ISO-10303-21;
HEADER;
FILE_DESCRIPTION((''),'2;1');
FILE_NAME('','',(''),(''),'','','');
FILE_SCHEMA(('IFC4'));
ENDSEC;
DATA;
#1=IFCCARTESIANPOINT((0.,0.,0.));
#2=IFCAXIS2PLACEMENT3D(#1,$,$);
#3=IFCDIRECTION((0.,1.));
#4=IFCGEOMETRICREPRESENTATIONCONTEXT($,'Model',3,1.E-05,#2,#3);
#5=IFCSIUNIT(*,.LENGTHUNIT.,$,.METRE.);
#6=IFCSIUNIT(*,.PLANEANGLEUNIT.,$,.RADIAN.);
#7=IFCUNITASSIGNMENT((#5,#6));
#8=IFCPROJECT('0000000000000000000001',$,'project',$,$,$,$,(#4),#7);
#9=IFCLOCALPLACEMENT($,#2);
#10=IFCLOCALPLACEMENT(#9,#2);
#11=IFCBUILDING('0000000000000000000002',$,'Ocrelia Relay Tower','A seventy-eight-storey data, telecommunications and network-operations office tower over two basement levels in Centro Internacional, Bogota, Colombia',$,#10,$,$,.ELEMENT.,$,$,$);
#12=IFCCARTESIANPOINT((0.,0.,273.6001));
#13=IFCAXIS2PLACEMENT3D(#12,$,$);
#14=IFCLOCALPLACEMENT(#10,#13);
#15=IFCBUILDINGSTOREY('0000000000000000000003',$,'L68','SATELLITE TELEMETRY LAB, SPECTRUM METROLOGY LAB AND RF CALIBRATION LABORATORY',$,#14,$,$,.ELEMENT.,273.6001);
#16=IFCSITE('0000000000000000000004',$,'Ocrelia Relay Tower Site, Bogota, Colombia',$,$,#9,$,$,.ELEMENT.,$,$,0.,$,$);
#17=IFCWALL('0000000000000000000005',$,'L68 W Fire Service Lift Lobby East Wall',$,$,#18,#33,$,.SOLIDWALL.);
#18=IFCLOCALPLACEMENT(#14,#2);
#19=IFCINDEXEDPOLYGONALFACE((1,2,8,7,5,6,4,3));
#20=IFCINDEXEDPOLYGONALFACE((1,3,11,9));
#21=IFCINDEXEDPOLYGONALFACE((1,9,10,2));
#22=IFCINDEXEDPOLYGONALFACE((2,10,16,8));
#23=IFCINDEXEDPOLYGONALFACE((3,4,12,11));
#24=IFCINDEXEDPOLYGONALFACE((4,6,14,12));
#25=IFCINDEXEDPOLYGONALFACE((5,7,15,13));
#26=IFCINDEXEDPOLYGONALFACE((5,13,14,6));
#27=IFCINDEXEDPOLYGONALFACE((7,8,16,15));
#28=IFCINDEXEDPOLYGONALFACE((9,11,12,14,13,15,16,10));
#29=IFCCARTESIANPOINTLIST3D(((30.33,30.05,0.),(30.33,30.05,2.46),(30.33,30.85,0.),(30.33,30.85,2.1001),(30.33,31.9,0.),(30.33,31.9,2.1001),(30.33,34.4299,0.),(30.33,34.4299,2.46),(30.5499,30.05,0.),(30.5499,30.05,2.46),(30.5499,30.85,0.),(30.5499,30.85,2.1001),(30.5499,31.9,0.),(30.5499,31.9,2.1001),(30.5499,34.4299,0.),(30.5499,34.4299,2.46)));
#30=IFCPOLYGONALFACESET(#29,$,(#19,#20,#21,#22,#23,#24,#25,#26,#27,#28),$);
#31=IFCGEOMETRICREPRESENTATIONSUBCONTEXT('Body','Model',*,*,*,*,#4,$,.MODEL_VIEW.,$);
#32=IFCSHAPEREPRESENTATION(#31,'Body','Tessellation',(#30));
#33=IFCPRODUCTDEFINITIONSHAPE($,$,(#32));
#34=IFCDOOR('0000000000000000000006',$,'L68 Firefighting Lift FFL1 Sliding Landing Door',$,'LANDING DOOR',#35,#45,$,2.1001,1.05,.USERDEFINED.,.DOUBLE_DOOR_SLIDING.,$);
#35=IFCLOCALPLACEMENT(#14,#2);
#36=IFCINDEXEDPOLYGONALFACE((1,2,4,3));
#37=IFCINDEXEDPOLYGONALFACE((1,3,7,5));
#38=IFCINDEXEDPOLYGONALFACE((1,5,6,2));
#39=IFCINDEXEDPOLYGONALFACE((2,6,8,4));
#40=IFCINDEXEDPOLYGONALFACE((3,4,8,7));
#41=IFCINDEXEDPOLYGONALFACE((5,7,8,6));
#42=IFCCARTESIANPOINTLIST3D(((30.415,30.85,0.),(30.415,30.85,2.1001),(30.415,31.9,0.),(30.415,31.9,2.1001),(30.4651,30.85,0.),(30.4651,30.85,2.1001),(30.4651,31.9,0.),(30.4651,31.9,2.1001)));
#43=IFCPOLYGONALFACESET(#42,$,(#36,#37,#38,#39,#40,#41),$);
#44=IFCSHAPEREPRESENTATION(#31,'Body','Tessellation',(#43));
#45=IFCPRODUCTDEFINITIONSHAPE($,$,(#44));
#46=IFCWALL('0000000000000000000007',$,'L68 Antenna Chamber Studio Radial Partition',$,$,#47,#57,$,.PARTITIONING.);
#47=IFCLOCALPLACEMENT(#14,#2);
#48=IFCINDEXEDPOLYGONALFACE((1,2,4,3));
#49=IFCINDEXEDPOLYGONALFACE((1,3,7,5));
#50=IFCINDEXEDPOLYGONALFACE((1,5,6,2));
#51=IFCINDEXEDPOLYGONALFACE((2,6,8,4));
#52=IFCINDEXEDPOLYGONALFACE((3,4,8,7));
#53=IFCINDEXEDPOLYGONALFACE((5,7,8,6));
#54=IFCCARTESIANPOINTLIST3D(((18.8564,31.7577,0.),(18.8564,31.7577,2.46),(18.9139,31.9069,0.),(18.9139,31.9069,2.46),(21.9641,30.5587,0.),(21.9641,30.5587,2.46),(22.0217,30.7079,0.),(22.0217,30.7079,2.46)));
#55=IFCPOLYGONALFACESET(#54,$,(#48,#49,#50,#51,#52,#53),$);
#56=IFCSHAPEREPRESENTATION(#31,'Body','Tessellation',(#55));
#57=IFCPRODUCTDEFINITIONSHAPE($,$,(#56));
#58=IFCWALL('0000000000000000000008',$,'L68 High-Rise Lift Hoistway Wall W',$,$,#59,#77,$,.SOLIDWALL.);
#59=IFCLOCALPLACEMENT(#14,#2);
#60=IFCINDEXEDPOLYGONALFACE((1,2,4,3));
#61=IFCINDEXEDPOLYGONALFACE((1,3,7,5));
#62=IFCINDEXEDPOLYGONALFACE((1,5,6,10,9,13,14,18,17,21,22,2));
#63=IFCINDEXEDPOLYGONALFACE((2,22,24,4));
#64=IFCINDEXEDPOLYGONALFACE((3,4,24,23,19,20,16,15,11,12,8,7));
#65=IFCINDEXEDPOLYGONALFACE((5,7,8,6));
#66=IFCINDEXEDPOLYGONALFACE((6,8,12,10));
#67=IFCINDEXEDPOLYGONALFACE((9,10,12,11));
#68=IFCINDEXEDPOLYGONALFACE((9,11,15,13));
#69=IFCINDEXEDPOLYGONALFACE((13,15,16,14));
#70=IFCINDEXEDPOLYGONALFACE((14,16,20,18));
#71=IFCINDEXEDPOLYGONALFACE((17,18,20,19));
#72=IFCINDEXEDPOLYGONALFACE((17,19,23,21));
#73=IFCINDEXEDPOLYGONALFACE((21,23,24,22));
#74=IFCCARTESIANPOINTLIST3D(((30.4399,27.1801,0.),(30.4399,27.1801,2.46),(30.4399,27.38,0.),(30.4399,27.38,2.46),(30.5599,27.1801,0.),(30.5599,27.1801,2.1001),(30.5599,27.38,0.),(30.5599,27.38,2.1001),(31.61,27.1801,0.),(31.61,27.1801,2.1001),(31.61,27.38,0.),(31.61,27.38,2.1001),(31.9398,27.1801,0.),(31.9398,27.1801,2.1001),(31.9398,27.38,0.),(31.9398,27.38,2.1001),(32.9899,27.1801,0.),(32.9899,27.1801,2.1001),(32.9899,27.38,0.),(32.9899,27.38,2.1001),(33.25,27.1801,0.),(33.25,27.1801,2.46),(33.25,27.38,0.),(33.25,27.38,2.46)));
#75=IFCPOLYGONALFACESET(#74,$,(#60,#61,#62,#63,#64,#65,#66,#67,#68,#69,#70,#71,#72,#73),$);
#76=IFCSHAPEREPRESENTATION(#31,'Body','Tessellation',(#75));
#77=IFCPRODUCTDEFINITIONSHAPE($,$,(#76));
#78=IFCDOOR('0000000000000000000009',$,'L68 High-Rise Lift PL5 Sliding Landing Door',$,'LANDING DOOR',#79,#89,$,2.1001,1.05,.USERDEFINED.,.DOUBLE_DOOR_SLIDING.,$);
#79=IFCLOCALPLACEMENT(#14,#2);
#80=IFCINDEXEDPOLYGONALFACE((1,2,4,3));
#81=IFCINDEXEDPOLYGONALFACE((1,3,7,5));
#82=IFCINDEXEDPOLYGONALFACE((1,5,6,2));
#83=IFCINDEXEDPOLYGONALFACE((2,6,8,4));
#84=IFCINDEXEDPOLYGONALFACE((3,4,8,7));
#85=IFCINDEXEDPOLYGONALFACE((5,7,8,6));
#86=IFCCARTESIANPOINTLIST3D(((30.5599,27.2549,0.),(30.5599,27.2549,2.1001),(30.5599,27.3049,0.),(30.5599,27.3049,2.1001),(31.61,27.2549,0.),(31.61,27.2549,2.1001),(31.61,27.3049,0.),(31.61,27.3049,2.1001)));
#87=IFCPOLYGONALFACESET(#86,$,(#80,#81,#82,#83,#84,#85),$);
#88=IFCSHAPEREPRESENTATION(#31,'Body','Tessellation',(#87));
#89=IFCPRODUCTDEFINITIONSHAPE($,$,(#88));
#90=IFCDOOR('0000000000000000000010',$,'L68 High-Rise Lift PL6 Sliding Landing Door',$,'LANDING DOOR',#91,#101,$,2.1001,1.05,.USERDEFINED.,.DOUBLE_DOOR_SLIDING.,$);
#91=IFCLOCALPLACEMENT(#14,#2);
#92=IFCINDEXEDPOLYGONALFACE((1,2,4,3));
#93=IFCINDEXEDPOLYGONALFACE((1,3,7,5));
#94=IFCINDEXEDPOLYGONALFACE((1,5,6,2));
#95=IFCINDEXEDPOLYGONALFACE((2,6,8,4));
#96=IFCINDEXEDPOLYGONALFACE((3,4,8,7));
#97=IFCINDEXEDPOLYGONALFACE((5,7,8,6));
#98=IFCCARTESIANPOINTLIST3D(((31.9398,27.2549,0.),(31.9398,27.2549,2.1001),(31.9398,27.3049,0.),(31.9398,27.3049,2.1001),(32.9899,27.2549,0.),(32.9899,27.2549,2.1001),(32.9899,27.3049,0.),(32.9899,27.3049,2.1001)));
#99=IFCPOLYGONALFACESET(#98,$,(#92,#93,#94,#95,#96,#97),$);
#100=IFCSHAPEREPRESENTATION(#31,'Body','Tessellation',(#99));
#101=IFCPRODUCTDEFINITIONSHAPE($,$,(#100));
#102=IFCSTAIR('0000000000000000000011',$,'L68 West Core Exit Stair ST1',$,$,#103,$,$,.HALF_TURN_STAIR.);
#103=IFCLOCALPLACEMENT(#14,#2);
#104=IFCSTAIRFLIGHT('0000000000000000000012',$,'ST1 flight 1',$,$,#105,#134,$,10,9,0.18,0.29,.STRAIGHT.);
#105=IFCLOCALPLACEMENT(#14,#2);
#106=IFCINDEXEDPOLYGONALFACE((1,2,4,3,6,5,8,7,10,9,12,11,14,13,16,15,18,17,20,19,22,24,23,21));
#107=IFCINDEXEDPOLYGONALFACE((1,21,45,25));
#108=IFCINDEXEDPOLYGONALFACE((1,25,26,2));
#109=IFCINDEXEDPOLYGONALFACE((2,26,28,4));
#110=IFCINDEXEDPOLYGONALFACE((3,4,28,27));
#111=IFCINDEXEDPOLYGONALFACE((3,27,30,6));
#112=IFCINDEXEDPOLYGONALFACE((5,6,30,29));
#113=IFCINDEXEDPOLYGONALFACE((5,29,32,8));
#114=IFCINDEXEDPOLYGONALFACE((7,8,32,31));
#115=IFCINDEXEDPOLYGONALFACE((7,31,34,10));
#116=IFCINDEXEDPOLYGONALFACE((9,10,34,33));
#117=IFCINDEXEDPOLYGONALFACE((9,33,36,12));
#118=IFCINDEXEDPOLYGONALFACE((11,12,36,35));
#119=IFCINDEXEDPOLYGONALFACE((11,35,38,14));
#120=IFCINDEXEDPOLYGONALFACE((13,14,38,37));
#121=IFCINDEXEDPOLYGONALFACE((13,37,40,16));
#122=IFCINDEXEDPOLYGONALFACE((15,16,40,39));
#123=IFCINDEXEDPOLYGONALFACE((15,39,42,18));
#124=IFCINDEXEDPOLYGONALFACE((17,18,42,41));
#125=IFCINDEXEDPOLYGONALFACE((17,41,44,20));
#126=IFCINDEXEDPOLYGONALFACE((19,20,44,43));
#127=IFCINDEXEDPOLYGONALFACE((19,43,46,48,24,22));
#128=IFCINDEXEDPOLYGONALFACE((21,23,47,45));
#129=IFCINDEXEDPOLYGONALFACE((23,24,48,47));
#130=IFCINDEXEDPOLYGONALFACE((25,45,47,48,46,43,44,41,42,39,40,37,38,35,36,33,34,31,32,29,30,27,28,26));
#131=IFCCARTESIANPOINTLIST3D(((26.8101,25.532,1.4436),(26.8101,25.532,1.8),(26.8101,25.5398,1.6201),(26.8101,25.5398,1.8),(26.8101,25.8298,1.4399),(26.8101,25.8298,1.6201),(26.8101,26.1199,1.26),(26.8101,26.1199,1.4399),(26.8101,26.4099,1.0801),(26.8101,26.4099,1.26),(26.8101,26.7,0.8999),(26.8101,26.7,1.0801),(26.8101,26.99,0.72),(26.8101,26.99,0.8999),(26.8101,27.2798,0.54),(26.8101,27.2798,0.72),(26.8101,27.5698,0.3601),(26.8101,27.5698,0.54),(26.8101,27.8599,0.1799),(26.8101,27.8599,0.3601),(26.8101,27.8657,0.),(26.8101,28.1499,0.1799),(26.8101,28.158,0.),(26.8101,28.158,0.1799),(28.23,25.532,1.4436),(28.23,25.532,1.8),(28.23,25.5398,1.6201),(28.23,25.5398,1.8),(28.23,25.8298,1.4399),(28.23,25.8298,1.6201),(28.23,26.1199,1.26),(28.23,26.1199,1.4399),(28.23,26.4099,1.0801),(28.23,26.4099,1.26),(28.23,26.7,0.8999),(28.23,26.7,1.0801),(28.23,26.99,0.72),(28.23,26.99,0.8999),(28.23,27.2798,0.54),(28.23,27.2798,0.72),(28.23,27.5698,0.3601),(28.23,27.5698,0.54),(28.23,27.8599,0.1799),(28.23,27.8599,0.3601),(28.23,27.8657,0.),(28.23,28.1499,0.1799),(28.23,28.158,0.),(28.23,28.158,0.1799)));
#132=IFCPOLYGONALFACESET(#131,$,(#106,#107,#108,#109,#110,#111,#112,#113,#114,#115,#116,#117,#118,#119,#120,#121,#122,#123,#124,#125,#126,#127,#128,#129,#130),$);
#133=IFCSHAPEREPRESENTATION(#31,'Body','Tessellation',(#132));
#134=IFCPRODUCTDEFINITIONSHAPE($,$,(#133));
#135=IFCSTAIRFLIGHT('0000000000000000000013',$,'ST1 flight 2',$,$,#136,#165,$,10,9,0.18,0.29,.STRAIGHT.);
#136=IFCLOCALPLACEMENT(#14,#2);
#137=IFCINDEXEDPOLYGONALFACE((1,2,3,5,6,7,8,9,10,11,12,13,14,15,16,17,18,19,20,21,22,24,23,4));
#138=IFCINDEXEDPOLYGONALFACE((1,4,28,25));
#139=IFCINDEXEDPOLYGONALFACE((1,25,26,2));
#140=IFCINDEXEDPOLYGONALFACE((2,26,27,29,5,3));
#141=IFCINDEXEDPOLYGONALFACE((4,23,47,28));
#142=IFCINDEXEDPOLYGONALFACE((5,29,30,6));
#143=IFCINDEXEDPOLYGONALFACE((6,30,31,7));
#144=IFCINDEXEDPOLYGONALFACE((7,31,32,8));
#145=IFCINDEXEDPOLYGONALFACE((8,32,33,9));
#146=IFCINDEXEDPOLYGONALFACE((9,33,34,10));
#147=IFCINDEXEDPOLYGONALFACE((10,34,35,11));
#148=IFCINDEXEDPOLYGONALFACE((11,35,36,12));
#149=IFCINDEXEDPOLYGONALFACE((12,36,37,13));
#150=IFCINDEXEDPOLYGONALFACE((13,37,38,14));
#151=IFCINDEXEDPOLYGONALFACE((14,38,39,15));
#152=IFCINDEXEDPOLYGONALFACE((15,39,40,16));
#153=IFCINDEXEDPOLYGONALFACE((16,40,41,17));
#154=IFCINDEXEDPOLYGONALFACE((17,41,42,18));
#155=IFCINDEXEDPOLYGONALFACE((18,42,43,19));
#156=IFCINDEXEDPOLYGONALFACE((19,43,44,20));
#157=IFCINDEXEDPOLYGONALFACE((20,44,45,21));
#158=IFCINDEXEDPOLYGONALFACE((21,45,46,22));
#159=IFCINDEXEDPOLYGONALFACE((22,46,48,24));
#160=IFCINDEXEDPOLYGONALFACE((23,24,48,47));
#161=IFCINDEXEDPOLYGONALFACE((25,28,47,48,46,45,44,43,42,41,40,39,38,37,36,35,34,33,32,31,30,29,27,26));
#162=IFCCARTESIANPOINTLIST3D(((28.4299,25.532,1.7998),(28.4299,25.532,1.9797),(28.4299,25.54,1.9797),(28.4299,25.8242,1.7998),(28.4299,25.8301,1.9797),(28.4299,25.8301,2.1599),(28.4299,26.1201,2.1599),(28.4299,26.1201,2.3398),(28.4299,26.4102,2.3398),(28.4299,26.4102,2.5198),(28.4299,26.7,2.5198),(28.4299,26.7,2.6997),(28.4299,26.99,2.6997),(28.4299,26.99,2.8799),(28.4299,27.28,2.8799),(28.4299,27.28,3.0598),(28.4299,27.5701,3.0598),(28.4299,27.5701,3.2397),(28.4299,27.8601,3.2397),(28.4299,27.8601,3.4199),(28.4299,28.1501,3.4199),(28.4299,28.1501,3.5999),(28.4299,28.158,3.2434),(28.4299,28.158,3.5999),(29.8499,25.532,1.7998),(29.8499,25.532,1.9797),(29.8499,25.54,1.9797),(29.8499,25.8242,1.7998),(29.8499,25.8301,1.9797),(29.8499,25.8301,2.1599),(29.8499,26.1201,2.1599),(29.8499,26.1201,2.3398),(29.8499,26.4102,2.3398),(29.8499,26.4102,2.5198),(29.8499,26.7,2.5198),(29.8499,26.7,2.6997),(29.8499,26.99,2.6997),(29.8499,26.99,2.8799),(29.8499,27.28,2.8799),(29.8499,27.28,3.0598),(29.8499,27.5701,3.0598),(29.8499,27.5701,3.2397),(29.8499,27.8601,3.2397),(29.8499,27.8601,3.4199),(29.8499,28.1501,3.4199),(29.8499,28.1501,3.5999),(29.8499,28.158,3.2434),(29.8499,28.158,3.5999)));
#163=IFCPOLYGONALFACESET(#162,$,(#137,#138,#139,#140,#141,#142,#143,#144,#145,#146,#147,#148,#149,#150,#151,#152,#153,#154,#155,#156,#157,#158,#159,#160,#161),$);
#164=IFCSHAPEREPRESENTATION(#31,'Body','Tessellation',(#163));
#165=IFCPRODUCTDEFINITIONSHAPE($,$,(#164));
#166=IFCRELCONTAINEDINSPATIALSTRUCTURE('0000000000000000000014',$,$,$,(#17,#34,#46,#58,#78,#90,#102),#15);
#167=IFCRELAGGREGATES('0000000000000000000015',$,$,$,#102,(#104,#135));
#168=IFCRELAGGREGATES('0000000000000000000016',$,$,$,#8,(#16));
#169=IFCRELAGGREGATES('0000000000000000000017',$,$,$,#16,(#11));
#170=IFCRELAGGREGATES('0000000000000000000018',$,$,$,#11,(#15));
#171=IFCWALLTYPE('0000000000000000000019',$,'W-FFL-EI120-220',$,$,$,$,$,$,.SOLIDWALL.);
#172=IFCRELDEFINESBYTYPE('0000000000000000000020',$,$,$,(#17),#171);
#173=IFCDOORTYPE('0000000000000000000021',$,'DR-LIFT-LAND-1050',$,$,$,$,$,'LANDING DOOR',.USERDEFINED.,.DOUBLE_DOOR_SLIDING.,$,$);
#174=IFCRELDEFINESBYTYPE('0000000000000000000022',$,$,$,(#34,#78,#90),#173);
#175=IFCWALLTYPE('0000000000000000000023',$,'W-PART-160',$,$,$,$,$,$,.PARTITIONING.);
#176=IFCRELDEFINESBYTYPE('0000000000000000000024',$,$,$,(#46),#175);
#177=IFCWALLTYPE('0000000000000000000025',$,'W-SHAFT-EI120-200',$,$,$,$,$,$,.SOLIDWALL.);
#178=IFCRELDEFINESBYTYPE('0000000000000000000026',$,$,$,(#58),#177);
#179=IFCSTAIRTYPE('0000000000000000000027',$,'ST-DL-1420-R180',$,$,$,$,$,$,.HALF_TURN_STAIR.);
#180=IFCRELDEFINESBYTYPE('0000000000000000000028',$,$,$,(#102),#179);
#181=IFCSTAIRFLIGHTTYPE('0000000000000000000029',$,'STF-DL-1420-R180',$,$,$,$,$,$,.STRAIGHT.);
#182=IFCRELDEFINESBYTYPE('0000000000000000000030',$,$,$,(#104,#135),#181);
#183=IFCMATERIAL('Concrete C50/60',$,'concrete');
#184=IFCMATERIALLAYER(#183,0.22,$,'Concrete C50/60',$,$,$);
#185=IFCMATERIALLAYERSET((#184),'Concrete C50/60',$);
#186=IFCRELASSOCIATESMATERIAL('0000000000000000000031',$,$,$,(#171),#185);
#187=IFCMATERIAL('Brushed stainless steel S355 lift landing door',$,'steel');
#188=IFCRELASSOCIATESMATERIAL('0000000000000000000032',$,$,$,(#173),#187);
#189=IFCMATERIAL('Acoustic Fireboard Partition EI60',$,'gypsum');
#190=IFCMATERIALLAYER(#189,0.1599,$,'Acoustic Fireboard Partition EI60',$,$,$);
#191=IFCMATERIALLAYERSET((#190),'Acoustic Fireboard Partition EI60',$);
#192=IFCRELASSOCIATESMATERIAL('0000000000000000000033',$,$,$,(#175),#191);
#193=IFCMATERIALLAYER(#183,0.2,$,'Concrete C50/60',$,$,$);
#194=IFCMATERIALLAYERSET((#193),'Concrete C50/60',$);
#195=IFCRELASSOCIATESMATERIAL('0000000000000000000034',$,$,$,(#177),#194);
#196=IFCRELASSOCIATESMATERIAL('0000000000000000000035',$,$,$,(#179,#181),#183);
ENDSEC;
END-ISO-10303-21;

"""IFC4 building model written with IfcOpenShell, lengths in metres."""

from ifc_helpers import new_model, si_unit, direction, frame, frame_2d, origin, place, context, subcontext, project, spatial, polyline, rectangle, outline, extrude, material, layer, layer_set, type_object, element, fill, aggregate, save


model = new_model("IFC4")

# Units and contexts
model_context = context("Model", 3, precision=1e-05, world=origin(), true_north=direction((0.0, 1.0)))
body_context = subcontext(model_context, "Body", "Model", "MODEL_VIEW")
ifc_project = project(units=[si_unit("LENGTHUNIT", "METRE"), si_unit("PLANEANGLEUNIT", "RADIAN")], contexts=[model_context])

# Site, building, storey
site_placement = place(None, origin())
site = spatial("IfcSite", under=ifc_project, at=site_placement, Name="Ocrelia Relay Tower Site, Bogota, Colombia", CompositionType="ELEMENT", RefElevation=0.0)
building_placement = place(site_placement, origin())
building = spatial("IfcBuilding", under=site, at=building_placement, Name="Ocrelia Relay Tower", Description="A seventy-eight-storey data, telecommunications and network-operations office tower over two basement levels in Centro Internacional, Bogota, Colombia", CompositionType="ELEMENT")
storey_placement = place(building_placement, frame((0.0, 0.0, 273.6001)))
storey = spatial("IfcBuildingStorey", under=building, at=storey_placement, Name="L68", Description="SATELLITE TELEMETRY LAB, SPECTRUM METROLOGY LAB AND RF CALIBRATION LABORATORY", CompositionType="ELEMENT", Elevation=273.6001)

# Shared definitions
ifc_material_1 = material(Name="Concrete C50/60", Category="concrete")

# Shared definitions
ifc_layer_1 = layer(ifc_material_1, 0.22, Name="Concrete C50/60")
ifc_layer_set_1 = layer_set([ifc_layer_1], Name="Concrete C50/60")
wall_type_1 = type_object("IfcWallType", Name="W-FFL-EI120-220", PredefinedType="SOLIDWALL", material=ifc_layer_set_1)

# Wall, opening, door
wall_1_placement = place(storey_placement, frame((30.4399, 30.05, 0.0), z_axis=(0.0, 0.0, 1.0), x_axis=(0.0, 1.0, 0.0)))
wall_1 = element("IfcWall", 1, at=wall_1_placement, inside=storey, type_object=wall_type_1, Name="L68 W Fire Service Lift Lobby East Wall", PredefinedType="SOLIDWALL", context=body_context, shape_type="SweptSolid", body=[
    extrude(rectangle(XDim=4.3799, YDim=0.22, at=frame_2d((2.1899, 0.0))), origin(), (0.0, 0.0, 1.0), 2.46),
])
opening_1_placement = place(wall_1_placement, frame((0.8, 0.0, 0.0)))
opening_1 = element("IfcOpeningElement", 2, at=opening_1_placement, cuts=wall_1, PredefinedType="OPENING", context=body_context, shape_type="SweptSolid", body=[
    extrude(rectangle(XDim=1.05, YDim=2.1001, at=frame_2d((0.5249, 1.05))), frame((0.0, 0.1201, 0.0), z_axis=(0.0, -1.0, 0.0), x_axis=(1.0, 0.0, 0.0)), (0.0, 0.0, 1.0), 0.24),
])
ifc_material_2 = material(Name="Brushed stainless steel S355 lift landing door", Category="steel")
door_type_1 = type_object("IfcDoorType", Name="DR-LIFT-LAND-1050", ElementType="LANDING DOOR", OperationType="DOUBLE_DOOR_SLIDING", PredefinedType="USERDEFINED", material=ifc_material_2)
door_1_placement = place(opening_1_placement, origin())
door_1 = element("IfcDoor", 3, at=door_1_placement, inside=storey, type_object=door_type_1, Name="L68 Firefighting Lift FFL1 Sliding Landing Door", ObjectType="LANDING DOOR", OperationType="DOUBLE_DOOR_SLIDING", OverallHeight=2.1001, OverallWidth=1.05, PredefinedType="USERDEFINED", context=body_context, shape_type="SweptSolid", body=[
    extrude(rectangle(XDim=1.05, YDim=2.1001, at=frame_2d((0.5249, 1.05))), frame((0.0, 0.0249, 0.0), z_axis=(0.0, -1.0, 0.0), x_axis=(1.0, 0.0, 0.0)), (0.0, 0.0, 1.0), 0.05),
])
fill(opening_1, door_1)

# Wall
ifc_material_3 = material(Name="Acoustic Fireboard Partition EI60", Category="gypsum")
ifc_layer_2 = layer(ifc_material_3, 0.1599, Name="Acoustic Fireboard Partition EI60")
ifc_layer_set_2 = layer_set([ifc_layer_2], Name="Acoustic Fireboard Partition EI60")
wall_type_2 = type_object("IfcWallType", Name="W-PART-160", PredefinedType="PARTITIONING", material=ifc_layer_set_2)
wall_2_placement = place(storey_placement, frame((21.9929, 30.6333, 0.0), z_axis=(0.0, 0.0, 1.0), x_axis=(-0.932971, 0.359951, 0.0)))
element("IfcWall", 4, at=wall_2_placement, inside=storey, type_object=wall_type_2, Name="L68 Antenna Chamber Studio Radial Partition", PredefinedType="PARTITIONING", context=body_context, shape_type="SweptSolid", body=[
    extrude(rectangle(XDim=3.3311, YDim=0.1599, at=frame_2d((1.6655, 0.0))), origin(), (0.0, 0.0, 1.0), 2.46),
])

# Wall, openings, doors
ifc_layer_3 = layer(ifc_material_1, 0.2, Name="Concrete C50/60")
ifc_layer_set_3 = layer_set([ifc_layer_3], Name="Concrete C50/60")
wall_type_3 = type_object("IfcWallType", Name="W-SHAFT-EI120-200", PredefinedType="SOLIDWALL", material=ifc_layer_set_3)
wall_3_placement = place(storey_placement, frame((30.4399, 27.28, 0.0), z_axis=(0.0, 0.0, 1.0), x_axis=(1.0, 0.0, 0.0)))
wall_3 = element("IfcWall", 5, at=wall_3_placement, inside=storey, type_object=wall_type_3, Name="L68 High-Rise Lift Hoistway Wall W", PredefinedType="SOLIDWALL", context=body_context, shape_type="SweptSolid", body=[
    extrude(rectangle(XDim=2.8101, YDim=0.2, at=frame_2d((1.405, 0.0))), origin(), (0.0, 0.0, 1.0), 2.46),
])
opening_2_placement = place(wall_3_placement, frame((0.1201, 0.0, 0.0)))
opening_2 = element("IfcOpeningElement", 6, at=opening_2_placement, cuts=wall_3, PredefinedType="OPENING", context=body_context, shape_type="SweptSolid", body=[
    extrude(rectangle(XDim=1.05, YDim=2.1001, at=frame_2d((0.5249, 1.05))), frame((0.0, 0.1099, 0.0), z_axis=(0.0, -1.0, 0.0), x_axis=(1.0, 0.0, 0.0)), (0.0, 0.0, 1.0), 0.22),
])
opening_3_placement = place(wall_3_placement, frame((1.5, 0.0, 0.0)))
opening_3 = element("IfcOpeningElement", 7, at=opening_3_placement, cuts=wall_3, PredefinedType="OPENING", context=body_context, shape_type="SweptSolid", body=[
    extrude(rectangle(XDim=1.05, YDim=2.1001, at=frame_2d((0.5249, 1.05))), frame((0.0, 0.1099, 0.0), z_axis=(0.0, -1.0, 0.0), x_axis=(1.0, 0.0, 0.0)), (0.0, 0.0, 1.0), 0.22),
])
door_2_placement = place(opening_2_placement, origin())
door_2 = element("IfcDoor", 8, at=door_2_placement, inside=storey, type_object=door_type_1, Name="L68 High-Rise Lift PL5 Sliding Landing Door", ObjectType="LANDING DOOR", OperationType="DOUBLE_DOOR_SLIDING", OverallHeight=2.1001, OverallWidth=1.05, PredefinedType="USERDEFINED", context=body_context, shape_type="SweptSolid", body=[
    extrude(rectangle(XDim=1.05, YDim=2.1001, at=frame_2d((0.5249, 1.05))), frame((0.0, 0.0249, 0.0), z_axis=(0.0, -1.0, 0.0), x_axis=(1.0, 0.0, 0.0)), (0.0, 0.0, 1.0), 0.05),
])
fill(opening_2, door_2)
door_3_placement = place(opening_3_placement, origin())
door_3 = element("IfcDoor", 9, at=door_3_placement, inside=storey, type_object=door_type_1, Name="L68 High-Rise Lift PL6 Sliding Landing Door", ObjectType="LANDING DOOR", OperationType="DOUBLE_DOOR_SLIDING", OverallHeight=2.1001, OverallWidth=1.05, PredefinedType="USERDEFINED", context=body_context, shape_type="SweptSolid", body=[
    extrude(rectangle(XDim=1.05, YDim=2.1001, at=frame_2d((0.5249, 1.05))), frame((0.0, 0.0249, 0.0), z_axis=(0.0, -1.0, 0.0), x_axis=(1.0, 0.0, 0.0)), (0.0, 0.0, 1.0), 0.05),
])
fill(opening_3, door_3)

# Stair, stair flights
stair_type = type_object("IfcStairType", Name="ST-DL-1420-R180", PredefinedType="HALF_TURN_STAIR", material=ifc_material_1)
stair_placement = place(storey_placement, origin())
stair = element("IfcStair", 10, at=stair_placement, inside=storey, type_object=stair_type, Name="L68 West Core Exit Stair ST1", PredefinedType="HALF_TURN_STAIR")
stair_flight_type = type_object("IfcStairFlightType", Name="STF-DL-1420-R180", PredefinedType="STRAIGHT", material=ifc_material_1)
stair_flight_1_placement = place(storey_placement, frame((27.52, 28.1499, 0.0), z_axis=(0.0, 0.0, 1.0), x_axis=(0.0, -1.0, 0.0)))
stair_flight_1 = element("IfcStairFlight", 11, at=stair_flight_1_placement, type_object=stair_flight_type, Name="ST1 flight 1", NumberOfRisers=10, NumberOfTreads=9, PredefinedType="STRAIGHT", RiserHeight=0.18, TreadLength=0.29, context=body_context, shape_type="SweptSolid", body=[
    extrude(outline(polyline([(-0.0081, 0.0), (-0.0081, 0.1799), (0.0, 0.1799), (0.29, 0.1799), (0.29, 0.3601), (0.5801, 0.3601), (0.5801, 0.54), (0.8701, 0.54), (0.8701, 0.72), (1.1599, 0.72), (1.1599, 0.8999), (1.45, 0.8999), (1.45, 1.0801), (1.74, 1.0801), (1.74, 1.26), (2.03, 1.26), (2.03, 1.4399), (2.3201, 1.4399), (2.3201, 1.6201), (2.6101, 1.6201), (2.6101, 1.8), (2.6179, 1.8), (2.6179, 1.4436), (0.2842, 0.0), (-0.0081, 0.0)])), frame((0.0, 0.71, 0.0), z_axis=(0.0, -1.0, 0.0), x_axis=(1.0, 0.0, 0.0)), (0.0, 0.0, 1.0), 1.4199),
])
stair_flight_2_placement = place(storey_placement, frame((29.1399, 25.54, 1.7998), z_axis=(0.0, 0.0, 1.0), x_axis=(0.0, 1.0, 0.0)))
stair_flight_2 = element("IfcStairFlight", 12, at=stair_flight_2_placement, type_object=stair_flight_type, Name="ST1 flight 2", NumberOfRisers=10, NumberOfTreads=9, PredefinedType="STRAIGHT", RiserHeight=0.18, TreadLength=0.29, context=body_context, shape_type="SweptSolid", body=[
    extrude(outline(polyline([(-0.0081, 0.0), (-0.0081, 0.1799), (0.0, 0.1799), (0.29, 0.1799), (0.29, 0.3601), (0.5801, 0.3601), (0.5801, 0.54), (0.8701, 0.54), (0.8701, 0.72), (1.1599, 0.72), (1.1599, 0.8999), (1.45, 0.8999), (1.45, 1.0801), (1.74, 1.0801), (1.74, 1.26), (2.03, 1.26), (2.03, 1.4399), (2.3201, 1.4399), (2.3201, 1.6201), (2.6101, 1.6201), (2.6101, 1.8), (2.6179, 1.8), (2.6179, 1.4436), (0.2842, 0.0), (-0.0081, 0.0)])), frame((0.0, 0.71, 0.0), z_axis=(0.0, -1.0, 0.0), x_axis=(1.0, 0.0, 0.0)), (0.0, 0.0, 1.0), 1.4199),
])
aggregate(stair, [stair_flight_1, stair_flight_2])

save(model, "model.ifc")
